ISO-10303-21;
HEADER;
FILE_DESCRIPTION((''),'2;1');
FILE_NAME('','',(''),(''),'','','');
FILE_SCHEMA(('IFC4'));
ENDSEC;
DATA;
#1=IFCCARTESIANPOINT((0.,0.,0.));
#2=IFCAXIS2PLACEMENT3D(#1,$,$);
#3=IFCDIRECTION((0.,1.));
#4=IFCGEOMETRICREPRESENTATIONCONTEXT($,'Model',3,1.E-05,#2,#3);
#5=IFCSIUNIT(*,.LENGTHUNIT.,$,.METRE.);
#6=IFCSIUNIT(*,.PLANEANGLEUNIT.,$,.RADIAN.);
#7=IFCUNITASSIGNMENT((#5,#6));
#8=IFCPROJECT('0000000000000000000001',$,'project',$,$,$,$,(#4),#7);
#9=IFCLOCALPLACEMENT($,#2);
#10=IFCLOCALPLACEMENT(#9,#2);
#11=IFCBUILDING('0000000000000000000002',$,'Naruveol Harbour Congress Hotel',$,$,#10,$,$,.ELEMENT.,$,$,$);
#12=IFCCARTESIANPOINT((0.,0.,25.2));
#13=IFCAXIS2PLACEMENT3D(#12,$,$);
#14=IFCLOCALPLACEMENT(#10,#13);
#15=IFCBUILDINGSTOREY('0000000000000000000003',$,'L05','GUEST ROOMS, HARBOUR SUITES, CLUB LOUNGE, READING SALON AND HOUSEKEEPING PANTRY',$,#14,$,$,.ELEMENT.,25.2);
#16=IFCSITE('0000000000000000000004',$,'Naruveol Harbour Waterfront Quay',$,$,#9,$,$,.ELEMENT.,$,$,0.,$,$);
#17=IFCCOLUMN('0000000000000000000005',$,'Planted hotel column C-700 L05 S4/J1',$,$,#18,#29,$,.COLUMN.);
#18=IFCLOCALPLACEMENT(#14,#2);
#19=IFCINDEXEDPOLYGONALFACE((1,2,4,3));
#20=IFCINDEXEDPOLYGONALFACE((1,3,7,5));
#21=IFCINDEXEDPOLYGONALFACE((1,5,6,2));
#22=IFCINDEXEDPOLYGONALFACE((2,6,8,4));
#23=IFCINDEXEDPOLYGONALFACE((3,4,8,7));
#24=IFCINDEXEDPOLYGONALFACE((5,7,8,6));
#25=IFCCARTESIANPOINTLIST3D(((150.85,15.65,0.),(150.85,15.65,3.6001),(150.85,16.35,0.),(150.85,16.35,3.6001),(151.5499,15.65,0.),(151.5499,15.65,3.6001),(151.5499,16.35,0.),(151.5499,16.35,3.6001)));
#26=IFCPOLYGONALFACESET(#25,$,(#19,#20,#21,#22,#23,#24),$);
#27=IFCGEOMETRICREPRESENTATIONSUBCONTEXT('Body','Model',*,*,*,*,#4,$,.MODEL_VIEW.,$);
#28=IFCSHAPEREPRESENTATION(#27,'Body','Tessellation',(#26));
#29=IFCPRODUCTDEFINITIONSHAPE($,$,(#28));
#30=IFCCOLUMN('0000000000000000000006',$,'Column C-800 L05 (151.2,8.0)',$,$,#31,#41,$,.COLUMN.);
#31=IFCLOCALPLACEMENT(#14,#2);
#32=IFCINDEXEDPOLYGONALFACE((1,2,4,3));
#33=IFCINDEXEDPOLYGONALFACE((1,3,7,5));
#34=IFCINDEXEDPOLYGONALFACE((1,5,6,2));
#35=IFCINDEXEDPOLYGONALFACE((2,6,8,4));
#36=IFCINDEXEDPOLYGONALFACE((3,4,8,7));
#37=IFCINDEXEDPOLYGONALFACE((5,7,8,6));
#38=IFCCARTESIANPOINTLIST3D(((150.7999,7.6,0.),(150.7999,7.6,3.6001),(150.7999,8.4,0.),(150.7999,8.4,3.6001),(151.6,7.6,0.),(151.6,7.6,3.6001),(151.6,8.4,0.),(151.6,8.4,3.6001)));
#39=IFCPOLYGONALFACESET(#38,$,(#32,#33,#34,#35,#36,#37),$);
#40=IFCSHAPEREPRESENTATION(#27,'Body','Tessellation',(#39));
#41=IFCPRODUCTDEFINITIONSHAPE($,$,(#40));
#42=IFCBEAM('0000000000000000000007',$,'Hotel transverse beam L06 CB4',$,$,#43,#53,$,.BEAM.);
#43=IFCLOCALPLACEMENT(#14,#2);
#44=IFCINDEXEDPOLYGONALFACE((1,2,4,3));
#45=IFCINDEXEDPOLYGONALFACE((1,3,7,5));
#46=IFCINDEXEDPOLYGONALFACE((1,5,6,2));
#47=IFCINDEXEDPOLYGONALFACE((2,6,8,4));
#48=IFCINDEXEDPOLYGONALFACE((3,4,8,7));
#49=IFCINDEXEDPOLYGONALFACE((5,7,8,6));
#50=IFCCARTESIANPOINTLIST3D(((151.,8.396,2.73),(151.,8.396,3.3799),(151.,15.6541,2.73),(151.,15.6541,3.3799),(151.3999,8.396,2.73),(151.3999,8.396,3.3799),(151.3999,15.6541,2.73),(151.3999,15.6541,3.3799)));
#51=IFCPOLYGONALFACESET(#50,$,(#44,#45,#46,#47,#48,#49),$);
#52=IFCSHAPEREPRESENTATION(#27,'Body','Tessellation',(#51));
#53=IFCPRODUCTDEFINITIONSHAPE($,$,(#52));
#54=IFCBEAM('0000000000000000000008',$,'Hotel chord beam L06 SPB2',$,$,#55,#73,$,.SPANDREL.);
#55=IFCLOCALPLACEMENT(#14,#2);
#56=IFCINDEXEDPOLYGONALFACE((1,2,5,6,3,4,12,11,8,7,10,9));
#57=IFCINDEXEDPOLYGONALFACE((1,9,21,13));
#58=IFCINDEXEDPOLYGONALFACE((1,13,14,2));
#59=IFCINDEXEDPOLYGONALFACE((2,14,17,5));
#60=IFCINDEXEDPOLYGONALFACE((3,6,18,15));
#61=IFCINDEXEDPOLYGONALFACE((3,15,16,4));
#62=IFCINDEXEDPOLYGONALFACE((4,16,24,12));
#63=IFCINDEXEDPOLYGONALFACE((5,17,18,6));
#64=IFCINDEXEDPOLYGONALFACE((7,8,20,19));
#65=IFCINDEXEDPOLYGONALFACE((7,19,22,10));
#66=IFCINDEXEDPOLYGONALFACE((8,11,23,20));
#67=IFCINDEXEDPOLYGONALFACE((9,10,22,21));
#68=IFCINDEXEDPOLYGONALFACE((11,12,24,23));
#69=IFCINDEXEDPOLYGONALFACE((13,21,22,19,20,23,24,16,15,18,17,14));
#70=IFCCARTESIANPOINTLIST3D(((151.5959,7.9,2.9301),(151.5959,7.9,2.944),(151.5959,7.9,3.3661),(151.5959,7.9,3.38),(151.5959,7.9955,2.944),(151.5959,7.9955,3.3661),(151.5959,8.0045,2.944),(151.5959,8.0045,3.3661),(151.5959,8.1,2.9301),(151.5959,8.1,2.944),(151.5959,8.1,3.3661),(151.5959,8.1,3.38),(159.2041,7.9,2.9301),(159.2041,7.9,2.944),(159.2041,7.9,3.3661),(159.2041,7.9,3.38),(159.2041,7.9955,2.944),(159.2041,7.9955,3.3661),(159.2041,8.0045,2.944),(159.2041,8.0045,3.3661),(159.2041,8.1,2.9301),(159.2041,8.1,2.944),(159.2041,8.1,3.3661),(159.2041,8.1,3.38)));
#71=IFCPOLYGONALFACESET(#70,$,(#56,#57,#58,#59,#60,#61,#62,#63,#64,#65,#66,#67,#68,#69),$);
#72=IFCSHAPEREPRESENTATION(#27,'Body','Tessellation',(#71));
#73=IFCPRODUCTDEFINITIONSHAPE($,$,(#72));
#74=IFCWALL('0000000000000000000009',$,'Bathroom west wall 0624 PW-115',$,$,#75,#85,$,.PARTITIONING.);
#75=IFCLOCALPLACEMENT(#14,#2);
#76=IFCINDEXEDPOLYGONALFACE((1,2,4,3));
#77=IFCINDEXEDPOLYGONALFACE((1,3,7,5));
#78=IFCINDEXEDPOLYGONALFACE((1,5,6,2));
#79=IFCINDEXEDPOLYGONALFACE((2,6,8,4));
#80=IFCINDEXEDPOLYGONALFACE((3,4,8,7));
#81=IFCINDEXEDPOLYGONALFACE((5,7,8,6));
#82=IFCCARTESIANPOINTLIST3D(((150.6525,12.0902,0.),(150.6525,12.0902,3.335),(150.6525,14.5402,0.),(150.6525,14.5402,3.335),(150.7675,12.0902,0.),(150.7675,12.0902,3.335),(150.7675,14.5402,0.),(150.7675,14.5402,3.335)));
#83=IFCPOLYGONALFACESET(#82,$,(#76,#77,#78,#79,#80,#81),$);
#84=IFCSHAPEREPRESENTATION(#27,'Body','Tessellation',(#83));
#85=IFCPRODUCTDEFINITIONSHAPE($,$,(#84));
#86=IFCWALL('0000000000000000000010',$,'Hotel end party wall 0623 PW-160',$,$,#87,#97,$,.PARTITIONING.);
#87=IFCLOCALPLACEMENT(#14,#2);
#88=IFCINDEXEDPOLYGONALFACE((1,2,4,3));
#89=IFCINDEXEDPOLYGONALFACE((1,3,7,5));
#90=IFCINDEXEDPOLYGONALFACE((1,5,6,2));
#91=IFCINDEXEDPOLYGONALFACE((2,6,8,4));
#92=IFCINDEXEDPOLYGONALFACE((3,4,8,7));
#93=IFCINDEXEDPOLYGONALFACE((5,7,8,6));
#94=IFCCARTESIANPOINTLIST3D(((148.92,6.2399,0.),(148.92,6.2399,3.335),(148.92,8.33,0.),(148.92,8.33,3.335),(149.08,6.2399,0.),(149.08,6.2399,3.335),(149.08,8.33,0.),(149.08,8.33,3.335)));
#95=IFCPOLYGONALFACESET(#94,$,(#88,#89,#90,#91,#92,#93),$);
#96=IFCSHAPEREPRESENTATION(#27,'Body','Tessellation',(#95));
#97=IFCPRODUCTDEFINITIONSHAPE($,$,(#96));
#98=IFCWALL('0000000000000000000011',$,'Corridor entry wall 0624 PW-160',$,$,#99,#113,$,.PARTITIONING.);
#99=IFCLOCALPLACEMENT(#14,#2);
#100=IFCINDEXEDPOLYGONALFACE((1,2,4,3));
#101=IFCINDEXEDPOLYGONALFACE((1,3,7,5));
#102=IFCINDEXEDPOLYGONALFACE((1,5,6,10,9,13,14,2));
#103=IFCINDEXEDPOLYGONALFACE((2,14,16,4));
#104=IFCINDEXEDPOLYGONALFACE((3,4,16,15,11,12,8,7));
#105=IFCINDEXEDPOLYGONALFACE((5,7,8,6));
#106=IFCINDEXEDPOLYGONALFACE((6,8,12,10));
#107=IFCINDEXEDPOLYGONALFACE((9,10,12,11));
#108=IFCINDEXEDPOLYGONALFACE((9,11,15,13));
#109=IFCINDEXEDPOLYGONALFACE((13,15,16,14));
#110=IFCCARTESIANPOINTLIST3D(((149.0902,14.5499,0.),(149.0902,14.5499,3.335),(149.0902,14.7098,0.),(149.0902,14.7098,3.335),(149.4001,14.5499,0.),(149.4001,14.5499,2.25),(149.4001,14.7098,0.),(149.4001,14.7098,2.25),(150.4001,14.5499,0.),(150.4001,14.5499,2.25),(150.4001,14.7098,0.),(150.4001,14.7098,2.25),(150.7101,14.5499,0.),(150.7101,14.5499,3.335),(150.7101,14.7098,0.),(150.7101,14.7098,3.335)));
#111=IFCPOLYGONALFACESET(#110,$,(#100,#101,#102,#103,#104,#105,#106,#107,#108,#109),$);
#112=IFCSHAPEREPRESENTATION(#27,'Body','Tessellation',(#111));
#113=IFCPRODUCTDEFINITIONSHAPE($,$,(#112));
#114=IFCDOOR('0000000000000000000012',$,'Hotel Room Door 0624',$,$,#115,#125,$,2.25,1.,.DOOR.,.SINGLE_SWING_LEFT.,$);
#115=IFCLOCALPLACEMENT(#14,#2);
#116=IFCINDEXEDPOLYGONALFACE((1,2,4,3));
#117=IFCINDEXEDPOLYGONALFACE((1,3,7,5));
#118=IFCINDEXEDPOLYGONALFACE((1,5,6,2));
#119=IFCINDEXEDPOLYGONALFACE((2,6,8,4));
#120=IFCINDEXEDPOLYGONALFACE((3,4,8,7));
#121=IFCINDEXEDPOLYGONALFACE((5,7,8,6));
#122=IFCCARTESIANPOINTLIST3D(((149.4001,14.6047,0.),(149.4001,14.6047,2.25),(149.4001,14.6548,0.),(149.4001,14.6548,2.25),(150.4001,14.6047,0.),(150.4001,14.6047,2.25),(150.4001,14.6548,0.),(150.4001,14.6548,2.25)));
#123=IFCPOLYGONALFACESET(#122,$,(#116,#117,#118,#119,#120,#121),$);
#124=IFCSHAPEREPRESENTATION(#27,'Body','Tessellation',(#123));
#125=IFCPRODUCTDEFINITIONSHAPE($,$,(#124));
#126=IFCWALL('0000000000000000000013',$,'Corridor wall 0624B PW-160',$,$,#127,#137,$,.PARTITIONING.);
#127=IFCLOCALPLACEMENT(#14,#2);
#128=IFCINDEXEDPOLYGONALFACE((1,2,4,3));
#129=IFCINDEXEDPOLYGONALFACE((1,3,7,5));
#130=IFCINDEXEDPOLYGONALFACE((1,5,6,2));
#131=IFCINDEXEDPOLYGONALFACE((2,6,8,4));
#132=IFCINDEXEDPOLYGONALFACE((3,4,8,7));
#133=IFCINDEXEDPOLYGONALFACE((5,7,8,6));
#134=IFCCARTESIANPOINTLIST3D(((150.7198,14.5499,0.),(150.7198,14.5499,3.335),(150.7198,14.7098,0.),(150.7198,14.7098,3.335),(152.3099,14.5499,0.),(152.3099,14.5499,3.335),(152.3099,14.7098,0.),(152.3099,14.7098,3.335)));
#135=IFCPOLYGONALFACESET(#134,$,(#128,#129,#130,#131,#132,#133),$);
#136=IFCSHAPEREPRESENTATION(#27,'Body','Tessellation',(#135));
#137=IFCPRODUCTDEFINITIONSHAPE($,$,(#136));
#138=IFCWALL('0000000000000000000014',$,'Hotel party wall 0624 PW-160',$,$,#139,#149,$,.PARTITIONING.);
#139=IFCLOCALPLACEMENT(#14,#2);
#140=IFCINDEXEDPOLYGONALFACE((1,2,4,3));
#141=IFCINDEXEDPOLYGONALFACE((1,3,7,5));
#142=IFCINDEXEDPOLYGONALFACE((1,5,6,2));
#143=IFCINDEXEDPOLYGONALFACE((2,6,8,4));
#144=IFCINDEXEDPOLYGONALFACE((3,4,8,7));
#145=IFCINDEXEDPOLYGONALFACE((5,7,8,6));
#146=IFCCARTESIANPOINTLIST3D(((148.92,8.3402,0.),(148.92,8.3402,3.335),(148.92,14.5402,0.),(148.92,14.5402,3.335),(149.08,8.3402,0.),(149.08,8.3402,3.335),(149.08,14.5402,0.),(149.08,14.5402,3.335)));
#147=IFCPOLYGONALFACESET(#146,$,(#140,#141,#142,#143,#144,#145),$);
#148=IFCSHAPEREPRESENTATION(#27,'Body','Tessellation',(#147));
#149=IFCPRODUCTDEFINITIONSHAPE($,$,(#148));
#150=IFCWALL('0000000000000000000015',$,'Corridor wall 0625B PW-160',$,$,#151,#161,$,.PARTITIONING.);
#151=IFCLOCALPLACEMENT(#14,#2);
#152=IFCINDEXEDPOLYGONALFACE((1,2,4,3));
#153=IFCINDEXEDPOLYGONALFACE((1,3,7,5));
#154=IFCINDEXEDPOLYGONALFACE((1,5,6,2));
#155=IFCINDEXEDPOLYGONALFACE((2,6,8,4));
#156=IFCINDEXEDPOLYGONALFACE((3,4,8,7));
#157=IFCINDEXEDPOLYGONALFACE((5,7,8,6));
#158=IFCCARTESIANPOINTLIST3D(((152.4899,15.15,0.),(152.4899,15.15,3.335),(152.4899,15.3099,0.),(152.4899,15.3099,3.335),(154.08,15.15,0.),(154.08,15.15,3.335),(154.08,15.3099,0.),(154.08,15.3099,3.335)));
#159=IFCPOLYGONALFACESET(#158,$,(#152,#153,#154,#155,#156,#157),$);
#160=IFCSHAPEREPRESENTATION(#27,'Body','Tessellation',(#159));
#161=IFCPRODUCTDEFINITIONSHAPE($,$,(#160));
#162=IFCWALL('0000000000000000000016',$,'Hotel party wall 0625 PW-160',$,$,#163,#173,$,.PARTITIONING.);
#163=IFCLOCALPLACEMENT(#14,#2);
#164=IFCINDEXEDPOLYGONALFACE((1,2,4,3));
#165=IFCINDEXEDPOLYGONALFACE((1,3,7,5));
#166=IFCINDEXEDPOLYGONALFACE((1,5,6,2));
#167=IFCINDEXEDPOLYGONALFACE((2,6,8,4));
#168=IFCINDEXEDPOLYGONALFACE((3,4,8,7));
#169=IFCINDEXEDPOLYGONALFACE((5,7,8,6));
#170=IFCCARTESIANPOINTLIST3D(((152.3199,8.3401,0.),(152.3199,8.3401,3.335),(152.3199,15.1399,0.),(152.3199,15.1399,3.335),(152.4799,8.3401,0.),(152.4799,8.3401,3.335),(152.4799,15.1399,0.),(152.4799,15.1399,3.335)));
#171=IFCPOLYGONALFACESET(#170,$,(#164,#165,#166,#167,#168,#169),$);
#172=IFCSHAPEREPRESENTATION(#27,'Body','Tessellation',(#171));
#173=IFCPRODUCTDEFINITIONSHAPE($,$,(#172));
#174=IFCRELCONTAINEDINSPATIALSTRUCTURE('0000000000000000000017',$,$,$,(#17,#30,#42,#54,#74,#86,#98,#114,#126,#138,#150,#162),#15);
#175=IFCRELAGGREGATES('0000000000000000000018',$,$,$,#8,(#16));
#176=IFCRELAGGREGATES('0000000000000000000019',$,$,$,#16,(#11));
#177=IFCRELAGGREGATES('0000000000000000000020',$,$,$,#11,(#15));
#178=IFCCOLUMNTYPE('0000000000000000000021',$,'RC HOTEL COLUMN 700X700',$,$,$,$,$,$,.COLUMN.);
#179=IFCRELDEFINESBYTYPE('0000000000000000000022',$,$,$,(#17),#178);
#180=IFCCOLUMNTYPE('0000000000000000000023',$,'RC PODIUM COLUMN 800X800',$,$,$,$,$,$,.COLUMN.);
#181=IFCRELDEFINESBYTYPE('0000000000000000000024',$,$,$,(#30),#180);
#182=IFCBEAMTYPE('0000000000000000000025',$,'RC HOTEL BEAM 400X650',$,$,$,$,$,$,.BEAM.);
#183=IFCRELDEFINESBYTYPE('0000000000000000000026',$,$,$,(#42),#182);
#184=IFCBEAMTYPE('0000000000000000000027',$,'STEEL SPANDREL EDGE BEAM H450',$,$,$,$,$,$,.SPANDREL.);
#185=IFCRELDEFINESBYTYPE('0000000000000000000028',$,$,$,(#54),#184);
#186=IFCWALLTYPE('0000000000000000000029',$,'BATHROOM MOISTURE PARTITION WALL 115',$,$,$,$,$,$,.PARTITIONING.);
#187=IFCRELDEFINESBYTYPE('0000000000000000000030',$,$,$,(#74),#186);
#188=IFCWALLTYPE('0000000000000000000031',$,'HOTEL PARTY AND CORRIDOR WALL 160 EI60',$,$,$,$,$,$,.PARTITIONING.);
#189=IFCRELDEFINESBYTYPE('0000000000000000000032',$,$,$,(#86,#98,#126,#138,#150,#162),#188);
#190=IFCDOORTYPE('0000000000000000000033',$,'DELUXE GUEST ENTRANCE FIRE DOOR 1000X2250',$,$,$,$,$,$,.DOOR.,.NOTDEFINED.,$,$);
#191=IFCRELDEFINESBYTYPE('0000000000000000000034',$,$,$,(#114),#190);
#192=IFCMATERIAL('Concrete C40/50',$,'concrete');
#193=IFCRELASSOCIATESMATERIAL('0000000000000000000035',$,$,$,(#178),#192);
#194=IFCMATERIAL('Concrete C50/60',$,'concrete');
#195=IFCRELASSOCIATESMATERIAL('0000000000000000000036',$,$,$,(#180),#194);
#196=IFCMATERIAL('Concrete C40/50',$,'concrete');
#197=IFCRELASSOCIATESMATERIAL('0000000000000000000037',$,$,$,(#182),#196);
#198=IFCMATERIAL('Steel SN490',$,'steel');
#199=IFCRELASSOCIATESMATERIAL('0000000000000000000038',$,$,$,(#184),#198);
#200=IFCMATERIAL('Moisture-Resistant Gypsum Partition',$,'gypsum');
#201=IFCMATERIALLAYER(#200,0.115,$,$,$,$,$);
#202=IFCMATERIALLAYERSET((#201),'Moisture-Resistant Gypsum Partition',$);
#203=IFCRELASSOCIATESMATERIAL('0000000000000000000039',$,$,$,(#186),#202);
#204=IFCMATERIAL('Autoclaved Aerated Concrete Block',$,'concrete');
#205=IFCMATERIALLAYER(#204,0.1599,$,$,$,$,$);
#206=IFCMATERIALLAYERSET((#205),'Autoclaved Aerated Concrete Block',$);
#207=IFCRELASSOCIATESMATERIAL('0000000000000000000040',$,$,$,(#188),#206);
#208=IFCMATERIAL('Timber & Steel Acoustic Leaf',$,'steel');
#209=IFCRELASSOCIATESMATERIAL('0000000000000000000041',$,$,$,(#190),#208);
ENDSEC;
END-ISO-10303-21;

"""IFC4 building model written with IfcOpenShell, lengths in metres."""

from ifc_helpers import new_model, si_unit, direction, frame, frame_2d, origin, origin_2d, place, context, subcontext, project, spatial, rectangle, i_section, extrude, material, layer, layer_set, material_profile, profile_set, type_object, element, fill, save


model = new_model("IFC4")

# Units and contexts
model_context = context("Model", 3, precision=1e-05, world=origin(), true_north=direction((0.0, 1.0)))
body_context = subcontext(model_context, "Body", "Model", "MODEL_VIEW")
ifc_project = project(units=[si_unit("LENGTHUNIT", "METRE"), si_unit("PLANEANGLEUNIT", "RADIAN")], contexts=[model_context])

# Site, building, storey
site_placement = place(None, origin())
site = spatial("IfcSite", under=ifc_project, at=site_placement, Name="Naruveol Harbour Waterfront Quay", CompositionType="ELEMENT", RefElevation=0.0)
building_placement = place(site_placement, origin())
building = spatial("IfcBuilding", under=site, at=building_placement, Name="Naruveol Harbour Congress Hotel", CompositionType="ELEMENT")
storey_placement = place(building_placement, frame((0.0, 0.0, 25.2)))
storey = spatial("IfcBuildingStorey", under=building, at=storey_placement, Name="L05", Description="GUEST ROOMS, HARBOUR SUITES, CLUB LOUNGE, READING SALON AND HOUSEKEEPING PANTRY", CompositionType="ELEMENT", Elevation=25.2)

# Columns
ifc_material_1 = material(Name="Concrete C40/50", Category="concrete")
ifc_material_profile_1 = material_profile(ifc_material_1, rectangle(XDim=0.7, YDim=0.7, at=origin_2d()), Name="RC-700x700")
ifc_profile_set_1 = profile_set([ifc_material_profile_1], Name="Concrete C40/50")
column_type_1 = type_object("IfcColumnType", Name="RC HOTEL COLUMN 700X700", PredefinedType="COLUMN", material=ifc_profile_set_1)
column_1_placement = place(storey_placement, frame((151.2, 16.0, 0.0), z_axis=(0.0, 0.0, 1.0), x_axis=(1.0, 0.0, 0.0)))
element("IfcColumn", 1, at=column_1_placement, inside=storey, type_object=column_type_1, Name="Planted hotel column C-700 L05 S4/J1", PredefinedType="COLUMN", context=body_context, shape_type="SweptSolid", body=[
    extrude(rectangle(XDim=0.7, YDim=0.7, at=origin_2d()), origin(), (0.0, 0.0, 1.0), 3.6001),
])
ifc_material_2 = material(Name="Concrete C50/60", Category="concrete")
ifc_material_profile_2 = material_profile(ifc_material_2, rectangle(XDim=0.8, YDim=0.8, at=origin_2d()), Name="RC-800x800")
ifc_profile_set_2 = profile_set([ifc_material_profile_2], Name="Concrete C50/60")
column_type_2 = type_object("IfcColumnType", Name="RC PODIUM COLUMN 800X800", PredefinedType="COLUMN", material=ifc_profile_set_2)
column_2_placement = place(storey_placement, frame((151.2, 8.0, 0.0), z_axis=(0.0, 0.0, 1.0), x_axis=(1.0, 0.0, 0.0)))
element("IfcColumn", 2, at=column_2_placement, inside=storey, type_object=column_type_2, Name="Column C-800 L05 (151.2,8.0)", PredefinedType="COLUMN", context=body_context, shape_type="SweptSolid", body=[
    extrude(rectangle(XDim=0.8, YDim=0.8, at=origin_2d()), origin(), (0.0, 0.0, 1.0), 3.6001),
])

# Beams
ifc_material_3 = material(Name="Concrete C40/50", Category="concrete")
ifc_material_profile_3 = material_profile(ifc_material_3, rectangle(XDim=0.3999, YDim=0.6499, at=origin_2d()), Name="RCB-400x650")
ifc_profile_set_3 = profile_set([ifc_material_profile_3], Name="Concrete C40/50")
beam_type_1 = type_object("IfcBeamType", Name="RC HOTEL BEAM 400X650", PredefinedType="BEAM", material=ifc_profile_set_3)
beam_1_placement = place(storey_placement, frame((151.2, 8.396, 3.0549), z_axis=(0.0, 1.0, 0.0), x_axis=(-1.0, 0.0, 0.0)))
element("IfcBeam", 3, at=beam_1_placement, inside=storey, type_object=beam_type_1, Name="Hotel transverse beam L06 CB4", PredefinedType="BEAM", context=body_context, shape_type="SweptSolid", body=[
    extrude(rectangle(XDim=0.3999, YDim=0.6499, at=origin_2d()), origin(), (0.0, 0.0, 1.0), 7.2581),
])
ifc_material_4 = material(Name="Steel SN490", Category="steel")
ifc_material_profile_4 = material_profile(ifc_material_4, i_section(OverallWidth=0.2, OverallDepth=0.45, WebThickness=0.009, FlangeThickness=0.0139, at=origin_2d()), Name="H-450x200x9x14")
ifc_profile_set_4 = profile_set([ifc_material_profile_4], Name="Steel SN490")
beam_type_2 = type_object("IfcBeamType", Name="STEEL SPANDREL EDGE BEAM H450", PredefinedType="SPANDREL", material=ifc_profile_set_4)
beam_2_placement = place(storey_placement, frame((151.5959, 8.0, 3.155), z_axis=(1.0, 0.0, 0.0), x_axis=(0.0, 1.0, 0.0)))
element("IfcBeam", 4, at=beam_2_placement, inside=storey, type_object=beam_type_2, Name="Hotel chord beam L06 SPB2", PredefinedType="SPANDREL", context=body_context, shape_type="SweptSolid", body=[
    extrude(i_section(OverallWidth=0.2, OverallDepth=0.45, WebThickness=0.009, FlangeThickness=0.0139, at=origin_2d()), origin(), (0.0, 0.0, 1.0), 7.6082),
])

# Shared definitions
ifc_material_5 = material(Name="Moisture-Resistant Gypsum Partition", Category="gypsum")
ifc_layer_1 = layer(ifc_material_5, 0.115)
ifc_layer_set_1 = layer_set([ifc_layer_1], Name="Moisture-Resistant Gypsum Partition")
wall_type_1 = type_object("IfcWallType", Name="BATHROOM MOISTURE PARTITION WALL 115", PredefinedType="PARTITIONING", material=ifc_layer_set_1)

# Wall
wall_1_placement = place(storey_placement, frame((150.71, 12.0901, 0.0), z_axis=(0.0, 0.0, 1.0), x_axis=(0.0, 1.0, 0.0)))
element("IfcWall", 5, at=wall_1_placement, inside=storey, type_object=wall_type_1, Name="Bathroom west wall 0624 PW-115", PredefinedType="PARTITIONING", context=body_context, shape_type="SweptSolid", body=[
    extrude(rectangle(XDim=2.45, YDim=0.115, at=frame_2d((1.2251, 0.0))), origin(), (0.0, 0.0, 1.0), 3.335),
])

# Wall
ifc_material_6 = material(Name="Autoclaved Aerated Concrete Block", Category="concrete")
ifc_layer_2 = layer(ifc_material_6, 0.1599)
ifc_layer_set_2 = layer_set([ifc_layer_2], Name="Autoclaved Aerated Concrete Block")
wall_type_2 = type_object("IfcWallType", Name="HOTEL PARTY AND CORRIDOR WALL 160 EI60", PredefinedType="PARTITIONING", material=ifc_layer_set_2)
wall_2_placement = place(storey_placement, frame((149.0, 6.24, 0.0), z_axis=(0.0, 0.0, 1.0), x_axis=(0.0, 1.0, 0.0)))
element("IfcWall", 6, at=wall_2_placement, inside=storey, type_object=wall_type_2, Name="Hotel end party wall 0623 PW-160", PredefinedType="PARTITIONING", context=body_context, shape_type="SweptSolid", body=[
    extrude(rectangle(XDim=2.0901, YDim=0.1599, at=frame_2d((1.0449, 0.0))), origin(), (0.0, 0.0, 1.0), 3.335),
])

# Wall, opening, door
wall_3_placement = place(storey_placement, frame((149.0901, 14.6299, 0.0), z_axis=(0.0, 0.0, 1.0), x_axis=(1.0, 0.0, 0.0)))
wall_3 = element("IfcWall", 7, at=wall_3_placement, inside=storey, type_object=wall_type_2, Name="Corridor entry wall 0624 PW-160", PredefinedType="PARTITIONING", context=body_context, shape_type="SweptSolid", body=[
    extrude(rectangle(XDim=1.6199, YDim=0.1599, at=frame_2d((0.8101, 0.0))), origin(), (0.0, 0.0, 1.0), 3.335),
])
opening_1_placement = place(wall_3_placement, frame((0.3101, 0.0, 0.0)))
opening_1 = element("IfcOpeningElement", 8, at=opening_1_placement, cuts=wall_3, PredefinedType="OPENING", context=body_context, shape_type="SweptSolid", body=[
    extrude(rectangle(XDim=1.0, YDim=2.25, at=frame_2d((0.5, 1.125))), frame((0.0, 0.0898, 0.0), z_axis=(0.0, -1.0, 0.0), x_axis=(1.0, 0.0, 0.0)), (0.0, 0.0, 1.0), 0.1799),
])
ifc_material_7 = material(Name="Timber & Steel Acoustic Leaf", Category="steel")
door_type_1 = type_object("IfcDoorType", Name="DELUXE GUEST ENTRANCE FIRE DOOR 1000X2250", OperationType="NOTDEFINED", PredefinedType="DOOR", material=ifc_material_7)
door_1_placement = place(opening_1_placement, origin())
door_1 = element("IfcDoor", 9, at=door_1_placement, inside=storey, type_object=door_type_1, Name="Hotel Room Door 0624", OperationType="SINGLE_SWING_LEFT", OverallHeight=2.25, OverallWidth=1.0, PredefinedType="DOOR", context=body_context, shape_type="SweptSolid", body=[
    extrude(rectangle(XDim=1.0, YDim=2.25, at=frame_2d((0.5, 1.125))), frame((0.0, 0.0249, 0.0), z_axis=(0.0, -1.0, 0.0), x_axis=(1.0, 0.0, 0.0)), (0.0, 0.0, 1.0), 0.05),
])
fill(opening_1, door_1)

# Walls
wall_4_placement = place(storey_placement, frame((150.72, 14.6299, 0.0), z_axis=(0.0, 0.0, 1.0), x_axis=(1.0, 0.0, 0.0)))
element("IfcWall", 10, at=wall_4_placement, inside=storey, type_object=wall_type_2, Name="Corridor wall 0624B PW-160", PredefinedType="PARTITIONING", context=body_context, shape_type="SweptSolid", body=[
    extrude(rectangle(XDim=1.5901, YDim=0.1599, at=frame_2d((0.7949, 0.0))), origin(), (0.0, 0.0, 1.0), 3.335),
])
wall_5_placement = place(storey_placement, frame((149.0, 8.3401, 0.0), z_axis=(0.0, 0.0, 1.0), x_axis=(0.0, 1.0, 0.0)))
element("IfcWall", 11, at=wall_5_placement, inside=storey, type_object=wall_type_2, Name="Hotel party wall 0624 PW-160", PredefinedType="PARTITIONING", context=body_context, shape_type="SweptSolid", body=[
    extrude(rectangle(XDim=6.2, YDim=0.1599, at=frame_2d((3.1001, 0.0))), origin(), (0.0, 0.0, 1.0), 3.335),
])
wall_6_placement = place(storey_placement, frame((152.49, 15.23, 0.0), z_axis=(0.0, 0.0, 1.0), x_axis=(1.0, 0.0, 0.0)))
element("IfcWall", 12, at=wall_6_placement, inside=storey, type_object=wall_type_2, Name="Corridor wall 0625B PW-160", PredefinedType="PARTITIONING", context=body_context, shape_type="SweptSolid", body=[
    extrude(rectangle(XDim=1.5901, YDim=0.1599, at=frame_2d((0.7949, 0.0))), origin(), (0.0, 0.0, 1.0), 3.335),
])
wall_7_placement = place(storey_placement, frame((152.3999, 8.3401, 0.0), z_axis=(0.0, 0.0, 1.0), x_axis=(0.0, 1.0, 0.0)))
element("IfcWall", 13, at=wall_7_placement, inside=storey, type_object=wall_type_2, Name="Hotel party wall 0625 PW-160", PredefinedType="PARTITIONING", context=body_context, shape_type="SweptSolid", body=[
    extrude(rectangle(XDim=6.7998, YDim=0.1599, at=frame_2d((3.3999, 0.0))), origin(), (0.0, 0.0, 1.0), 3.335),
])

save(model, "model.ifc")
